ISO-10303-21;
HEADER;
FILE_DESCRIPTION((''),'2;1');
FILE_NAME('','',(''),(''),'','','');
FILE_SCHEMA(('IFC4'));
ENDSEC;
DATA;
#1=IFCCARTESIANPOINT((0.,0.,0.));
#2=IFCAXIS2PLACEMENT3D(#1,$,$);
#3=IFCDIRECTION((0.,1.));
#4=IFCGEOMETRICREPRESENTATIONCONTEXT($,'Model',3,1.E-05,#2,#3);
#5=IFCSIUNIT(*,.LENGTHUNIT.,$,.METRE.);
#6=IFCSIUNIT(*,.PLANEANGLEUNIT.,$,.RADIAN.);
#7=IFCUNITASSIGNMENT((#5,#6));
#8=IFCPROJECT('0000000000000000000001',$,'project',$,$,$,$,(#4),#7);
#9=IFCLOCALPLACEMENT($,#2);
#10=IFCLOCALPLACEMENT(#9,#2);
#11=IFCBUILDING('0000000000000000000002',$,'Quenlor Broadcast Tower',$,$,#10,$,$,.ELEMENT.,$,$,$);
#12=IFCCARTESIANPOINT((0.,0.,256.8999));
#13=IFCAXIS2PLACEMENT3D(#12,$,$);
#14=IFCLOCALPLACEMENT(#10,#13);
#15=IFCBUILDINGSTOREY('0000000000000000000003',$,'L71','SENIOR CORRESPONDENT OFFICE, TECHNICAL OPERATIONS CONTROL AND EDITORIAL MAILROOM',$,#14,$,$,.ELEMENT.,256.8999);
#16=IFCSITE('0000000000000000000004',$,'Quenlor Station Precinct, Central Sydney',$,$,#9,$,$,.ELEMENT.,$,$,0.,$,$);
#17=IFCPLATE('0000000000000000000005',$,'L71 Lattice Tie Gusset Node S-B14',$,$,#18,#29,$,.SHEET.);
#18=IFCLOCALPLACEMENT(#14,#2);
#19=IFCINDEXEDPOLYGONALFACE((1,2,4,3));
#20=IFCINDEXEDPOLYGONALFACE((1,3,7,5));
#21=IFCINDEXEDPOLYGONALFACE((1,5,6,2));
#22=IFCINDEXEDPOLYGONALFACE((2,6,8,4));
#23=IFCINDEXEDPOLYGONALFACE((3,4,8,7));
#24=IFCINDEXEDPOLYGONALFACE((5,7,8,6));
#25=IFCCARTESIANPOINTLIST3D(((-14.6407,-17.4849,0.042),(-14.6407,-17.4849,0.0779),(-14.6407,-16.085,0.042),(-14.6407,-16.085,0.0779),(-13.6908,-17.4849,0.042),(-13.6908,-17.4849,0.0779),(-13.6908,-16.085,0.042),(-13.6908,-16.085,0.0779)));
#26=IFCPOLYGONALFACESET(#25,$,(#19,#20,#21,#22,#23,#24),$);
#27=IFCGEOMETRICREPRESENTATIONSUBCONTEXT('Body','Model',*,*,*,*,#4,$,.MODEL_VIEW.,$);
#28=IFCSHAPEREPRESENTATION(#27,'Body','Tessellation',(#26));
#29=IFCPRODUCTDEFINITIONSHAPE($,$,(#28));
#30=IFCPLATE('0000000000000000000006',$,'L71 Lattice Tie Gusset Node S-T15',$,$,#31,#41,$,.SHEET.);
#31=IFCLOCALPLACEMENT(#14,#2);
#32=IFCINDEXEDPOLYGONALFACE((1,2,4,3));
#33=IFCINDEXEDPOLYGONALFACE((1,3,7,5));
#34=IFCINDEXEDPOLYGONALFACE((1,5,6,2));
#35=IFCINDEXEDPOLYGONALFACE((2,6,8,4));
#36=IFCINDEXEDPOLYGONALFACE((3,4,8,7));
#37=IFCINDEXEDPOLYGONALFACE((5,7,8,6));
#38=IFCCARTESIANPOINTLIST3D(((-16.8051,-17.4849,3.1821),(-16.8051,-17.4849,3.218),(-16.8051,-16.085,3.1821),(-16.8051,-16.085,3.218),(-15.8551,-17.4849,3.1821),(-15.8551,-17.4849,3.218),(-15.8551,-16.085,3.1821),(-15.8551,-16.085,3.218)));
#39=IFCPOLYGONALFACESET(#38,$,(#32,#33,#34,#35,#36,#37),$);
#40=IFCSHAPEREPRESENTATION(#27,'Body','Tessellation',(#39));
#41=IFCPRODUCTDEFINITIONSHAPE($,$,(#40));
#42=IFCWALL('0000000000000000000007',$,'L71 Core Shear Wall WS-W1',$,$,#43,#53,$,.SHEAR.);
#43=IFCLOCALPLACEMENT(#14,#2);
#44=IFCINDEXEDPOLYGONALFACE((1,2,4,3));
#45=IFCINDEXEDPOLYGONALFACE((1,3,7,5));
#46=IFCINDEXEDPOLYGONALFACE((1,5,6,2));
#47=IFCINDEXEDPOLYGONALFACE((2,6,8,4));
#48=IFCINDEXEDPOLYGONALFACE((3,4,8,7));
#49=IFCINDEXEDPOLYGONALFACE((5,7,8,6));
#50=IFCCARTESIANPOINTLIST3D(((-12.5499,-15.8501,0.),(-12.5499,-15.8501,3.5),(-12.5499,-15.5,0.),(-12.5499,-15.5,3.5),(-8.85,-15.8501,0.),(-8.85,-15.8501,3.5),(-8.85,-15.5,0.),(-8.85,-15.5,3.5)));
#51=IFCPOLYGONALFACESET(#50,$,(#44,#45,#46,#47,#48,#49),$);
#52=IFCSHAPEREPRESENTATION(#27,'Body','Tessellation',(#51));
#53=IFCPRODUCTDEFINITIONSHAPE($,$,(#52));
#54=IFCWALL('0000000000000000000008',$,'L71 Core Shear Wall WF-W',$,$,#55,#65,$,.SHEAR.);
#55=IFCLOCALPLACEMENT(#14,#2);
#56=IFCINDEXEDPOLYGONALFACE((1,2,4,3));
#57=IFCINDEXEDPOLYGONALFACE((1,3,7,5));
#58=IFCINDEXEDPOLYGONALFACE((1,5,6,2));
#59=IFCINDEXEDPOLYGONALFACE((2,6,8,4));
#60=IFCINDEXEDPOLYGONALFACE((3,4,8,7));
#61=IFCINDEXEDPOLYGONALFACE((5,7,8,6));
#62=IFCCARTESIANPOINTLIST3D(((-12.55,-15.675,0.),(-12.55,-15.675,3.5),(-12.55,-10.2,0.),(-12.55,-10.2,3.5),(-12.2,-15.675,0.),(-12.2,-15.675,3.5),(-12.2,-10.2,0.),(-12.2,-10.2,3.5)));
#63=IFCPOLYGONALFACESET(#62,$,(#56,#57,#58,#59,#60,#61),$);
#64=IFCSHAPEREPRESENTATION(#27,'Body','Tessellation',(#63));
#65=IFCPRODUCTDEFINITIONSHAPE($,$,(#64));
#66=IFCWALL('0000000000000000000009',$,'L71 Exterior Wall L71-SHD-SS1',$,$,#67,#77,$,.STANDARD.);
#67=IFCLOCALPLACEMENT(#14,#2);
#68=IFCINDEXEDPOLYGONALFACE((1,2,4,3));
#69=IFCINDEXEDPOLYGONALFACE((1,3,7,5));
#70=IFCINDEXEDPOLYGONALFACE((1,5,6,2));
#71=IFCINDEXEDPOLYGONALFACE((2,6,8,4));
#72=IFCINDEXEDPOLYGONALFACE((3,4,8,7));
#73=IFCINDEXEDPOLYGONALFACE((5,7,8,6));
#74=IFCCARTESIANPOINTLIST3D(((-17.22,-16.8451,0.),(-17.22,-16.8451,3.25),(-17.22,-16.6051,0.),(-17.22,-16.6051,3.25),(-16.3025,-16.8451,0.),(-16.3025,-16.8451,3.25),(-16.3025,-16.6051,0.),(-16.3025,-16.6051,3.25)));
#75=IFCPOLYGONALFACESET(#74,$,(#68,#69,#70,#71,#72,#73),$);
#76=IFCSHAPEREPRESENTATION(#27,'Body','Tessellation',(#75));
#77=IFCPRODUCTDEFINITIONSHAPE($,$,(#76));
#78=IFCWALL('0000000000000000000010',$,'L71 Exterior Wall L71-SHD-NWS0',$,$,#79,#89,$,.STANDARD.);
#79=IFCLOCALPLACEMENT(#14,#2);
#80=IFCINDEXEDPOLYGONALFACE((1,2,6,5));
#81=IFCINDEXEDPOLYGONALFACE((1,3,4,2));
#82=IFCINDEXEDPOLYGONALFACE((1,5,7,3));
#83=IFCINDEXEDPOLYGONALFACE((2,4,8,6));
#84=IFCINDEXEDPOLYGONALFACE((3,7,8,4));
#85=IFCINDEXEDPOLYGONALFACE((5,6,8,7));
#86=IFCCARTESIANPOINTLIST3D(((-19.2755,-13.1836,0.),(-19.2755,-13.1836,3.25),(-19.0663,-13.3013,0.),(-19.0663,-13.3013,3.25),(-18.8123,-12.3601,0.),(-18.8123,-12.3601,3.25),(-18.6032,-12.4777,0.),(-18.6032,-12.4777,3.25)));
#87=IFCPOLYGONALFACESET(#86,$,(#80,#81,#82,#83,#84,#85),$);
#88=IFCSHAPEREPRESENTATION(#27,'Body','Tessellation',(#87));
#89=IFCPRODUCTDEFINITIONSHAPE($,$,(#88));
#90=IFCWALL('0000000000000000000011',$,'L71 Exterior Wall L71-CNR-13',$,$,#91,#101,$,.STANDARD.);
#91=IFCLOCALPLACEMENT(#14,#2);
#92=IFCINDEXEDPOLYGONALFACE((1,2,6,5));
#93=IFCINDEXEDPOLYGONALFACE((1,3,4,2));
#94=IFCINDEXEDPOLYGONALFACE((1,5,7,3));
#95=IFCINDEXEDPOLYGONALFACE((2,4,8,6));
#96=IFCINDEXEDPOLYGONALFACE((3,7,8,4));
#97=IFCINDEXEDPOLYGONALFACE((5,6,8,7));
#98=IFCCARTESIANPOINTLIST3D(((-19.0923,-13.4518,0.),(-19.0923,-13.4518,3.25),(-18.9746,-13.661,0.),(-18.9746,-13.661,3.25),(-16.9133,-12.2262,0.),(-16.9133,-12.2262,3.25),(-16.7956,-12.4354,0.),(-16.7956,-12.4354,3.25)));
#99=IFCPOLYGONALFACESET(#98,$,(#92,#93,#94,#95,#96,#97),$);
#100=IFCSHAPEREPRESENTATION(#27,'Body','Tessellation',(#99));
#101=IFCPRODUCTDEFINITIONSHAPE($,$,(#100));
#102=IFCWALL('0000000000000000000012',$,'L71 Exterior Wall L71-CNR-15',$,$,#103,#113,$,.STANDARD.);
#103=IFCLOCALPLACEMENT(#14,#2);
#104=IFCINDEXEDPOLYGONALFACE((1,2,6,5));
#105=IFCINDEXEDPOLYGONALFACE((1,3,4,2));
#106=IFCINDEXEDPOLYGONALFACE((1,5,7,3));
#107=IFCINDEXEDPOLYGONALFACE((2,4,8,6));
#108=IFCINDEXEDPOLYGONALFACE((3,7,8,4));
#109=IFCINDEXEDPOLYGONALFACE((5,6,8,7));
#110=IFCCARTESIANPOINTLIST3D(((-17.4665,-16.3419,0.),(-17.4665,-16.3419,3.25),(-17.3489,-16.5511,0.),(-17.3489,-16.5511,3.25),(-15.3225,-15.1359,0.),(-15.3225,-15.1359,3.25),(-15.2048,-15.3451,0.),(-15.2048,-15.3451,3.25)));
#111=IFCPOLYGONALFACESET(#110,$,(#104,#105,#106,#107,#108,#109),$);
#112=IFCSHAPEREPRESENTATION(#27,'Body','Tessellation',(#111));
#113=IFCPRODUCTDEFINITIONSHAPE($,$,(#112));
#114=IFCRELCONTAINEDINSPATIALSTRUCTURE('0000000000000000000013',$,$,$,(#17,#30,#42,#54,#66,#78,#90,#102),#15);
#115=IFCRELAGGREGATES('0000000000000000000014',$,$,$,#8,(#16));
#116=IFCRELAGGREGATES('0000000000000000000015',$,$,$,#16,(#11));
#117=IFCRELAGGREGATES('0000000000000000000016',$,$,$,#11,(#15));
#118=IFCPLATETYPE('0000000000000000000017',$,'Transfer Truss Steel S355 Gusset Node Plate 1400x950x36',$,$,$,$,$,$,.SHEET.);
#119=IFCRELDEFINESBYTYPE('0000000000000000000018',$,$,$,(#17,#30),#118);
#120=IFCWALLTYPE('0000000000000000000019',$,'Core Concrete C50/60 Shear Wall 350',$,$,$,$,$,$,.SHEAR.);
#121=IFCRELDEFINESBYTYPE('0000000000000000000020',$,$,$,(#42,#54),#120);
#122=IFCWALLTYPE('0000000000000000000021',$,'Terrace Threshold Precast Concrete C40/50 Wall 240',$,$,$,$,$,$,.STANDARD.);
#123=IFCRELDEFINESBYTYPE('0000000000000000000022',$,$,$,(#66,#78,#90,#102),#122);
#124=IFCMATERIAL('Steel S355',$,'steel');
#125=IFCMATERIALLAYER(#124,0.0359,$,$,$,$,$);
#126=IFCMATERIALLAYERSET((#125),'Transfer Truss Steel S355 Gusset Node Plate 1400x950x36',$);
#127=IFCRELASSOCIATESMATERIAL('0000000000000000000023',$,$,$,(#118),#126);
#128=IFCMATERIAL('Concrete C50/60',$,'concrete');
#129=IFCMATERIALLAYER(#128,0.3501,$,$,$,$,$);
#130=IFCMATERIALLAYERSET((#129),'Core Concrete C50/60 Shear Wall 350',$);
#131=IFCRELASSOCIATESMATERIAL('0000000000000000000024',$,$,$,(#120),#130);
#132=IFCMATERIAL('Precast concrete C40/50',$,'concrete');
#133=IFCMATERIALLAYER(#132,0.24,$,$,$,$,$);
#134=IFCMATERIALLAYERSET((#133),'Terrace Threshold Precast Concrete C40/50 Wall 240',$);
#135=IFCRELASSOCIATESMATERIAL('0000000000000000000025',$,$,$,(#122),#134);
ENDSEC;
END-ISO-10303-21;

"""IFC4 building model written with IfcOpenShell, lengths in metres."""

from ifc_helpers import new_model, si_unit, direction, frame, frame_2d, origin, origin_2d, place, context, subcontext, project, spatial, rectangle, extrude, material, layer, layer_set, type_object, element, save


model = new_model("IFC4")

# Units and contexts
model_context = context("Model", 3, precision=1e-05, world=origin(), true_north=direction((0.0, 1.0)))
body_context = subcontext(model_context, "Body", "Model", "MODEL_VIEW")
ifc_project = project(units=[si_unit("LENGTHUNIT", "METRE"), si_unit("PLANEANGLEUNIT", "RADIAN")], contexts=[model_context])

# Site, building, storey
site_placement = place(None, origin())
site = spatial("IfcSite", under=ifc_project, at=site_placement, Name="Quenlor Station Precinct, Central Sydney", CompositionType="ELEMENT", RefElevation=0.0)
building_placement = place(site_placement, origin())
building = spatial("IfcBuilding", under=site, at=building_placement, Name="Quenlor Broadcast Tower", CompositionType="ELEMENT")
storey_placement = place(building_placement, frame((0.0, 0.0, 256.8999)))
storey = spatial("IfcBuildingStorey", under=building, at=storey_placement, Name="L71", Description="SENIOR CORRESPONDENT OFFICE, TECHNICAL OPERATIONS CONTROL AND EDITORIAL MAILROOM", CompositionType="ELEMENT", Elevation=256.8999)

# Plates
ifc_material_1 = material(Name="Steel S355", Category="steel")
ifc_layer_1 = layer(ifc_material_1, 0.0359)
ifc_layer_set_1 = layer_set([ifc_layer_1], Name="Transfer Truss Steel S355 Gusset Node Plate 1400x950x36")
plate_type = type_object("IfcPlateType", Name="Transfer Truss Steel S355 Gusset Node Plate 1400x950x36", PredefinedType="SHEET", material=ifc_layer_set_1)
for number, where, z_axis, x_axis, name in (
    (1, (-14.1658, -16.7849, 0.042), (0.0, 0.0, 1.0), (0.0, -1.0, 0.0), "L71 Lattice Tie Gusset Node S-B14"),
    (2, (-16.3301, -16.7849, 3.1821), (0.0, 0.0, 1.0), (0.0, -1.0, 0.0), "L71 Lattice Tie Gusset Node S-T15"),
):
    element("IfcPlate", number, at=place(storey_placement, frame(where, z_axis=z_axis, x_axis=x_axis)), inside=storey, type_object=plate_type, Name=name, PredefinedType="SHEET", context=body_context, shape_type="SweptSolid", body=[
        extrude(rectangle(XDim=1.3999, YDim=0.95, at=origin_2d()), origin(), (0.0, 0.0, 1.0), 0.0359),
    ])

# Walls
ifc_material_2 = material(Name="Concrete C50/60", Category="concrete")
ifc_layer_2 = layer(ifc_material_2, 0.3501)
ifc_layer_set_2 = layer_set([ifc_layer_2], Name="Core Concrete C50/60 Shear Wall 350")
wall_type_1 = type_object("IfcWallType", Name="Core Concrete C50/60 Shear Wall 350", PredefinedType="SHEAR", material=ifc_layer_set_2)
wall_1_placement = place(storey_placement, frame((-12.55, -15.675, 0.0), z_axis=(0.0, 0.0, 1.0), x_axis=(1.0, 0.0, 0.0)))
element("IfcWall", 3, at=wall_1_placement, inside=storey, type_object=wall_type_1, Name="L71 Core Shear Wall WS-W1", PredefinedType="SHEAR", context=body_context, shape_type="SweptSolid", body=[
    extrude(rectangle(XDim=3.7, YDim=0.3501, at=frame_2d((1.8501, 0.0))), origin(), (0.0, 0.0, 1.0), 3.5),
])
wall_2_placement = place(storey_placement, frame((-12.375, -15.675, 0.0), z_axis=(0.0, 0.0, 1.0), x_axis=(0.0, 1.0, 0.0)))
element("IfcWall", 4, at=wall_2_placement, inside=storey, type_object=wall_type_1, Name="L71 Core Shear Wall WF-W", PredefinedType="SHEAR", context=body_context, shape_type="SweptSolid", body=[
    extrude(rectangle(XDim=5.4751, YDim=0.3501, at=frame_2d((2.7375, 0.0))), origin(), (0.0, 0.0, 1.0), 3.5),
])
ifc_material_3 = material(Name="Precast concrete C40/50", Category="concrete")
ifc_layer_3 = layer(ifc_material_3, 0.24)
ifc_layer_set_3 = layer_set([ifc_layer_3], Name="Terrace Threshold Precast Concrete C40/50 Wall 240")
wall_type_2 = type_object("IfcWallType", Name="Terrace Threshold Precast Concrete C40/50 Wall 240", PredefinedType="STANDARD", material=ifc_layer_set_3)
wall_3_placement = place(storey_placement, frame((-16.3025, -16.7251, 0.0), z_axis=(0.0, 0.0, 1.0), x_axis=(-1.0, 0.0, 0.0)))
element("IfcWall", 5, at=wall_3_placement, inside=storey, type_object=wall_type_2, Name="L71 Exterior Wall L71-SHD-SS1", PredefinedType="STANDARD", context=body_context, shape_type="SweptSolid", body=[
    extrude(rectangle(XDim=0.9175, YDim=0.24, at=frame_2d((0.4587, 0.0))), origin(), (0.0, 0.0, 1.0), 3.25),
])
wall_4_placement = place(storey_placement, frame((-19.1709, -13.2424, 0.0), z_axis=(0.0, 0.0, 1.0), x_axis=(0.4902, 0.87161, 0.0)))
element("IfcWall", 6, at=wall_4_placement, inside=storey, type_object=wall_type_2, Name="L71 Exterior Wall L71-SHD-NWS0", PredefinedType="STANDARD", context=body_context, shape_type="SweptSolid", body=[
    extrude(rectangle(XDim=0.9448, YDim=0.24, at=frame_2d((0.4724, 0.0))), origin(), (0.0, 0.0, 1.0), 3.25),
])
wall_5_placement = place(storey_placement, frame((-19.0334, -13.5564, 0.0), z_axis=(0.0, 0.0, 1.0), x_axis=(0.871589, 0.490238, 0.0)))
element("IfcWall", 7, at=wall_5_placement, inside=storey, type_object=wall_type_2, Name="L71 Exterior Wall L71-CNR-13", PredefinedType="STANDARD", context=body_context, shape_type="SweptSolid", body=[
    extrude(rectangle(XDim=2.5, YDim=0.24, at=frame_2d((1.25, 0.0))), origin(), (0.0, 0.0, 1.0), 3.25),
])
wall_6_placement = place(storey_placement, frame((-15.2637, -15.2405, 0.0), z_axis=(0.0, 0.0, 1.0), x_axis=(-0.87157, -0.490271, 0.0)))
element("IfcWall", 8, at=wall_6_placement, inside=storey, type_object=wall_type_2, Name="L71 Exterior Wall L71-CNR-15", PredefinedType="STANDARD", context=body_context, shape_type="SweptSolid", body=[
    extrude(rectangle(XDim=2.46, YDim=0.24, at=frame_2d((1.23, 0.0))), origin(), (0.0, 0.0, 1.0), 3.25),
])

save(model, "model.ifc")
